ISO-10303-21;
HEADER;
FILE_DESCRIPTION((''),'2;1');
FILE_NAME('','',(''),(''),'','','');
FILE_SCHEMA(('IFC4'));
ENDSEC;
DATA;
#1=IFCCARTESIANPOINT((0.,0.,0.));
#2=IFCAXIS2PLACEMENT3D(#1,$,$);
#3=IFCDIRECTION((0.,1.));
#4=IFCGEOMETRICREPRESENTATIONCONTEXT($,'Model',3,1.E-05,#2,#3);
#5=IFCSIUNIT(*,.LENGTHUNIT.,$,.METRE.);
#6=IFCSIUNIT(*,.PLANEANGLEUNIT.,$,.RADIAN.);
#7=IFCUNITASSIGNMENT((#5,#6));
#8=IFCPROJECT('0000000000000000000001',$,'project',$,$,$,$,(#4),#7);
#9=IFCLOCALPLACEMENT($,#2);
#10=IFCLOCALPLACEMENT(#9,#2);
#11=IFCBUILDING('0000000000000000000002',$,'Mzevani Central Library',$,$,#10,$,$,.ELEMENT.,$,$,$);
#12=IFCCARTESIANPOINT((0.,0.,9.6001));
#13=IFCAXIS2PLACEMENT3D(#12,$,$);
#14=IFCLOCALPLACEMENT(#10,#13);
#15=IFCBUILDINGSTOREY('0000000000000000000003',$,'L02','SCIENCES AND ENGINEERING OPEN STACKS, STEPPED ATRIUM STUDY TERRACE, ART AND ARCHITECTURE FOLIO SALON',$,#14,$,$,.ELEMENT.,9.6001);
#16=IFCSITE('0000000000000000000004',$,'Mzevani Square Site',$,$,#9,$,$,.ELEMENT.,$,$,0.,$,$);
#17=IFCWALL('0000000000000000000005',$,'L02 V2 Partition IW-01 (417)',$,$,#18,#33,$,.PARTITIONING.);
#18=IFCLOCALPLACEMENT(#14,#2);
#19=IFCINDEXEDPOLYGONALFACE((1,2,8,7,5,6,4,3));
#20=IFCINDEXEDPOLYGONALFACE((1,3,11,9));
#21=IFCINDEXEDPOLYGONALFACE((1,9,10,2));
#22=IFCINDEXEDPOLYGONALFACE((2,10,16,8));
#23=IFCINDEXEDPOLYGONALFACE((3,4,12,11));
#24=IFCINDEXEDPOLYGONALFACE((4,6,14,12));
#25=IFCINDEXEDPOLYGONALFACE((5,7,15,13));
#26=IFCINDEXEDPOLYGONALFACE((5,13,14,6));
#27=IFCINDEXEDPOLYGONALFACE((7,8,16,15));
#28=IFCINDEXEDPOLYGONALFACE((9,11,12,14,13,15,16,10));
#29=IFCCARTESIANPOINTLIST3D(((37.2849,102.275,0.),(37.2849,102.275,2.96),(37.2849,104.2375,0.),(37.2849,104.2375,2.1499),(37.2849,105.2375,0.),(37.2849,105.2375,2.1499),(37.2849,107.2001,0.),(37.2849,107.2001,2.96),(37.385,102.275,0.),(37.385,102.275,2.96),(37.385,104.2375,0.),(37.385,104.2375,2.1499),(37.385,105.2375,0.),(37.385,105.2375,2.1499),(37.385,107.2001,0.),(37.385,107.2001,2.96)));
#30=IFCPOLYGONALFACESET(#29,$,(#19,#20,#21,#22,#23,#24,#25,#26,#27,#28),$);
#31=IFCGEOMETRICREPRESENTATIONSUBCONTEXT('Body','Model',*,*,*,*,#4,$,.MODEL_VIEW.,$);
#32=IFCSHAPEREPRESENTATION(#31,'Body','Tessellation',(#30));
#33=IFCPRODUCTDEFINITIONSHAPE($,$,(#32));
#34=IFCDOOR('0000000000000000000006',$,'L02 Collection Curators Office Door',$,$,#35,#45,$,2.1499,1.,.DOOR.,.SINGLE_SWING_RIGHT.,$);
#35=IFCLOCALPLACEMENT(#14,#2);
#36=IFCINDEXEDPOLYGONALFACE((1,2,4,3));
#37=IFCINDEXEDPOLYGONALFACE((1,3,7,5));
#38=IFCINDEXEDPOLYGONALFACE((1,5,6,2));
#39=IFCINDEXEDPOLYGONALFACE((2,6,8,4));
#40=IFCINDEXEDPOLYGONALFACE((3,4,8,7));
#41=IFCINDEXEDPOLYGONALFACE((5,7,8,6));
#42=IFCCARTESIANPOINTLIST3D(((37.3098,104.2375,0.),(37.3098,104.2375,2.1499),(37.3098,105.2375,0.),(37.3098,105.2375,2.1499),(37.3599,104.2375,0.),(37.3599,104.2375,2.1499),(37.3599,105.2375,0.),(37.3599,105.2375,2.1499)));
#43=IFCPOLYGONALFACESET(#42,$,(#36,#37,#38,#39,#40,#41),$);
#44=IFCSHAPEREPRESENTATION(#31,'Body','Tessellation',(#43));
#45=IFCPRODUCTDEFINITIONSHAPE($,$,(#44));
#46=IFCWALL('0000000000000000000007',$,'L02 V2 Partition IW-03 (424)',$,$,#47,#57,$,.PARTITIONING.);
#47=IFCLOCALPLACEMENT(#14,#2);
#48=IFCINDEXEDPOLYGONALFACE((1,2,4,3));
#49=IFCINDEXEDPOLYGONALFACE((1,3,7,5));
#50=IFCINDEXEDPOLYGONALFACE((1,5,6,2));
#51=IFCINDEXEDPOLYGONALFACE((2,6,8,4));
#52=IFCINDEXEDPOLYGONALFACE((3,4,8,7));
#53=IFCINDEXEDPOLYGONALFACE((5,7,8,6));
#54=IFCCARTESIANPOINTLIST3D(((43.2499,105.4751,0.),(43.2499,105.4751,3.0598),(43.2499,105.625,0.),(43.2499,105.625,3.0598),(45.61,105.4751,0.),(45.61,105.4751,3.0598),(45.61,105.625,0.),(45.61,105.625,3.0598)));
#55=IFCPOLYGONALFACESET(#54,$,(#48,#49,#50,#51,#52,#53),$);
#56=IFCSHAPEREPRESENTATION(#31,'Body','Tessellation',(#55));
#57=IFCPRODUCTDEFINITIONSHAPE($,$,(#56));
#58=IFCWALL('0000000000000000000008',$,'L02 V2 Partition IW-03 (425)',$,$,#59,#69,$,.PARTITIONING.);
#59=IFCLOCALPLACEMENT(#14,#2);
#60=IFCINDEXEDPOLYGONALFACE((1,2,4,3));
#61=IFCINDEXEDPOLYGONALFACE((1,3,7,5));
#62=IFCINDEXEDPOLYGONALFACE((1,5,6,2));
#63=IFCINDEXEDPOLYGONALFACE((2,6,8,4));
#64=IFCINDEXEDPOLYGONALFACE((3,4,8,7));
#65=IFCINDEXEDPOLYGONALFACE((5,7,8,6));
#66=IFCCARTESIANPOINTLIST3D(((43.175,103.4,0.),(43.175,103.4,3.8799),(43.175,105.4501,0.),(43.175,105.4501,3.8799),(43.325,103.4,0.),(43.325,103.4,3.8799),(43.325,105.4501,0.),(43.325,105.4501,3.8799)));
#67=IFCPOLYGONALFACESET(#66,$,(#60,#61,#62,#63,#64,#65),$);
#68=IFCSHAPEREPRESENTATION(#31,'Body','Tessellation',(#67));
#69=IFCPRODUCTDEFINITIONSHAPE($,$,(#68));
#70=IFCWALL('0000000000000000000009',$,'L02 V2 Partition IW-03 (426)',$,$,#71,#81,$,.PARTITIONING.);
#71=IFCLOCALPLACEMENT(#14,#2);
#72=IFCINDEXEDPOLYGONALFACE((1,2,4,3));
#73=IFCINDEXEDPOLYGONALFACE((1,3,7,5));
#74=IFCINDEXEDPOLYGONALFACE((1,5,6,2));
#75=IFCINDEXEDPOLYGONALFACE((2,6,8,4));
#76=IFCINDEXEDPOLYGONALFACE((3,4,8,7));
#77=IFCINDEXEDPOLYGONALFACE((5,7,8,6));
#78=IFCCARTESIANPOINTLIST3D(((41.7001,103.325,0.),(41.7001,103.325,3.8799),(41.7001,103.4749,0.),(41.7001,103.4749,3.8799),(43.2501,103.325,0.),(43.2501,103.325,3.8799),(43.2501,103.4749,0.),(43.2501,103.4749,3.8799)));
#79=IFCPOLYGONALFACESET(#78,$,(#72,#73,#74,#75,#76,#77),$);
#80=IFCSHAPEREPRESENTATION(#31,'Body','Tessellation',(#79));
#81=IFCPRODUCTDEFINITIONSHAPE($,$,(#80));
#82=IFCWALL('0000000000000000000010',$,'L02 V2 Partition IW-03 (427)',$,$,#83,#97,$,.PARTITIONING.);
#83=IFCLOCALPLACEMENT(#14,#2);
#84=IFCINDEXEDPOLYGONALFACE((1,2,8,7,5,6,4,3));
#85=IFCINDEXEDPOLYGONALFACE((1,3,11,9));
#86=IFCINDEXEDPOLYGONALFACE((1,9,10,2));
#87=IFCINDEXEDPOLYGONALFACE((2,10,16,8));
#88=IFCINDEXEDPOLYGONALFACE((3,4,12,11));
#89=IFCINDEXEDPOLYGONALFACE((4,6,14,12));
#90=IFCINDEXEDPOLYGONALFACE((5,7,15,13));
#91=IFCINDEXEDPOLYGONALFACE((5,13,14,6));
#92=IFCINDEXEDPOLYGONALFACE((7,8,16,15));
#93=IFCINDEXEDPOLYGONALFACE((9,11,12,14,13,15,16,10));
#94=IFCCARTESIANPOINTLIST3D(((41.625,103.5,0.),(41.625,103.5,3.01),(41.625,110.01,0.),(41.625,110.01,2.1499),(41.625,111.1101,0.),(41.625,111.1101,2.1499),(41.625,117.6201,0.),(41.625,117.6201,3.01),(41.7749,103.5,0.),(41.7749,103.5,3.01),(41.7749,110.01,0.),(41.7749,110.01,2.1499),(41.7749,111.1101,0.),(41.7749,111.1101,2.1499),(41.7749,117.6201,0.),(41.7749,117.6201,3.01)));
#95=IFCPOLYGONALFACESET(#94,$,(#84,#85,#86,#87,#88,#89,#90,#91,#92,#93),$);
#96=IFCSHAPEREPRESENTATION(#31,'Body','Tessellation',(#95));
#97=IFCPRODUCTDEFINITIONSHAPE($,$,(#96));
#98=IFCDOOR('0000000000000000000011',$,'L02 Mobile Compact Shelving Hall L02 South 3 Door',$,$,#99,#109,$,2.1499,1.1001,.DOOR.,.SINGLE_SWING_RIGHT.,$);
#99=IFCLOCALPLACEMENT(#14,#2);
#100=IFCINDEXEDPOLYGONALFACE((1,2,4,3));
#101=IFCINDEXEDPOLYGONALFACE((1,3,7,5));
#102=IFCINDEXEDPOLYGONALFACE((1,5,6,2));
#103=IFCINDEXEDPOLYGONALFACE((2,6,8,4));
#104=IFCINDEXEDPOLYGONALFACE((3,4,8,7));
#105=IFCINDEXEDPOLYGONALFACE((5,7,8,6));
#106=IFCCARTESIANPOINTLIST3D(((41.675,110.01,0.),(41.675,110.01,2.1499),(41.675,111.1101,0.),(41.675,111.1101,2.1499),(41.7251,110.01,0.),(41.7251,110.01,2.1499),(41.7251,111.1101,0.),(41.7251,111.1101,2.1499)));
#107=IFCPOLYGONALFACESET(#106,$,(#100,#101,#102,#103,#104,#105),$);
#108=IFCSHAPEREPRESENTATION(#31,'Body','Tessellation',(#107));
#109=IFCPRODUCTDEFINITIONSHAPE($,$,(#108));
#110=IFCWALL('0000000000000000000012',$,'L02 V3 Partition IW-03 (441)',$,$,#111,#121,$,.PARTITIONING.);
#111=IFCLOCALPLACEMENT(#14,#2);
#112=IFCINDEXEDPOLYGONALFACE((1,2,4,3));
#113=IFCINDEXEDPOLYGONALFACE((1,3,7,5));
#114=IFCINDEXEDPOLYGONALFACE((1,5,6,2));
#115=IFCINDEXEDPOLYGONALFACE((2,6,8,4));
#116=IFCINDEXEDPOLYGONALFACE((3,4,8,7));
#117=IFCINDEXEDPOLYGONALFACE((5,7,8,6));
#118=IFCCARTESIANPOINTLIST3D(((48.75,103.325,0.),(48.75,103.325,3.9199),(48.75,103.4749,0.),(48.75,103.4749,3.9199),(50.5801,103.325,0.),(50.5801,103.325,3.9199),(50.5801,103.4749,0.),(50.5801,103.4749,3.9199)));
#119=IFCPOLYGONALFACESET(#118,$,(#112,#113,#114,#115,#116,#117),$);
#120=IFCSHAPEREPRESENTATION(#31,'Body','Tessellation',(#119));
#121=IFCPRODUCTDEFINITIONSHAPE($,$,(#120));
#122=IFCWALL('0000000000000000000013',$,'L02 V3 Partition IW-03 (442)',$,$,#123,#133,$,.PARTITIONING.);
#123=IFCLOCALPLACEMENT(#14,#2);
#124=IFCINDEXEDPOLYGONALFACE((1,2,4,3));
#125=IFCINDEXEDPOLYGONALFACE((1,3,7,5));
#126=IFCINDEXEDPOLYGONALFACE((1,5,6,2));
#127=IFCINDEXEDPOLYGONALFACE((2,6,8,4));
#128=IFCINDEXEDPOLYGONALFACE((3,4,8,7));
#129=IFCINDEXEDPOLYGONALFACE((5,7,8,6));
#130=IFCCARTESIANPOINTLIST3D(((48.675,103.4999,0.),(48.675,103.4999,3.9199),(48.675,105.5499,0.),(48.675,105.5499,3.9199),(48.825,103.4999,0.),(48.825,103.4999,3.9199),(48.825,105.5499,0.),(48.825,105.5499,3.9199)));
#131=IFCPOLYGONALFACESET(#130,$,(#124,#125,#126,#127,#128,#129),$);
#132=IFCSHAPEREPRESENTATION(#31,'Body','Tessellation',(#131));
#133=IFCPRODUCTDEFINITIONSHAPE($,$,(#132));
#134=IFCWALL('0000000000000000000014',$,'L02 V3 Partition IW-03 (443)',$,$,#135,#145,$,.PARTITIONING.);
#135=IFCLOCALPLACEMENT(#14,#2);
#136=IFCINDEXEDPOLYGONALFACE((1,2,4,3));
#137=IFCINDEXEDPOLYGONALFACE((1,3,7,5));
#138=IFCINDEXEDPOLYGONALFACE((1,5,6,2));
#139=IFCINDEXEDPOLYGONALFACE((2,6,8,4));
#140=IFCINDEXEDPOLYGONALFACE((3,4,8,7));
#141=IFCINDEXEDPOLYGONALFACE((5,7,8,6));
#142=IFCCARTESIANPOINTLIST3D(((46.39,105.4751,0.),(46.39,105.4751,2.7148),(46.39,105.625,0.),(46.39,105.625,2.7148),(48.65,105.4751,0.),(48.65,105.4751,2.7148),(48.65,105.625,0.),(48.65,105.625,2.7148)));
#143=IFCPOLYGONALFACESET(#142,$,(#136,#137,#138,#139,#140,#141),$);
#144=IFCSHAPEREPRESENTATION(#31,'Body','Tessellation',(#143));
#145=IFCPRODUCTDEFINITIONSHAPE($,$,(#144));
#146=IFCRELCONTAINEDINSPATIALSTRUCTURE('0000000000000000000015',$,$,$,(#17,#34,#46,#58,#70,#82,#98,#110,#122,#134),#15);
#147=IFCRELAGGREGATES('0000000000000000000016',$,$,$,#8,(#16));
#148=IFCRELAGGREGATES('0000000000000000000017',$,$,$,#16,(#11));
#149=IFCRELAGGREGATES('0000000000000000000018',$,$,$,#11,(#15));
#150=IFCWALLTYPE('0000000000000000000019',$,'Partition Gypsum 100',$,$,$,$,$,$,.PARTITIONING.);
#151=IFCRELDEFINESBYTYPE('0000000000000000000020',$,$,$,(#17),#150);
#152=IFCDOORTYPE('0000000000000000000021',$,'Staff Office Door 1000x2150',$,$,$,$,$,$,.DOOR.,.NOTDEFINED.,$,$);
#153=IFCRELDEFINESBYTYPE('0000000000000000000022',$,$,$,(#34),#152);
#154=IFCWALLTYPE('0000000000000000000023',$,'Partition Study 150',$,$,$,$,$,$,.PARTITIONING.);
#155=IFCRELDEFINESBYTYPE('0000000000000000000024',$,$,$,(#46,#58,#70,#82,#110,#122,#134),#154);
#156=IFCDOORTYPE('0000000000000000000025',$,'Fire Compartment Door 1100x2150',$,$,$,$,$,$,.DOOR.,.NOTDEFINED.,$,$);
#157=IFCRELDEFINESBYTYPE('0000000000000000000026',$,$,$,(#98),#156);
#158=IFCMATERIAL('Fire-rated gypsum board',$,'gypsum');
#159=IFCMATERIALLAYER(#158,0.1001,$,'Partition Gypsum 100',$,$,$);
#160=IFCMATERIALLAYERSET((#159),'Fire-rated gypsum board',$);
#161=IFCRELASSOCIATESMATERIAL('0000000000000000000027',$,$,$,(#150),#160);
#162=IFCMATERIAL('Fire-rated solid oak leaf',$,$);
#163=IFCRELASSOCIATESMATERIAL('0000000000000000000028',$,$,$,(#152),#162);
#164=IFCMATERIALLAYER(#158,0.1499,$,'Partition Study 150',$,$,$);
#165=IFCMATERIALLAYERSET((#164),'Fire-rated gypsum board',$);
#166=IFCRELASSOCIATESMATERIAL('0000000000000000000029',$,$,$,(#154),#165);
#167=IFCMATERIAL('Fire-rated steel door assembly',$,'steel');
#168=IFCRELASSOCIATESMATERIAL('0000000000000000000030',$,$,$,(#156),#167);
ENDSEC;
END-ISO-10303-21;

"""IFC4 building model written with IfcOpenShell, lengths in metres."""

from ifc_helpers import new_model, si_unit, direction, frame, frame_2d, origin, place, context, subcontext, project, spatial, rectangle, extrude, material, layer, layer_set, type_object, element, fill, save


model = new_model("IFC4")

# Units and contexts
model_context = context("Model", 3, precision=1e-05, world=origin(), true_north=direction((0.0, 1.0)))
body_context = subcontext(model_context, "Body", "Model", "MODEL_VIEW")
ifc_project = project(units=[si_unit("LENGTHUNIT", "METRE"), si_unit("PLANEANGLEUNIT", "RADIAN")], contexts=[model_context])

# Site, building, storey
site_placement = place(None, origin())
site = spatial("IfcSite", under=ifc_project, at=site_placement, Name="Mzevani Square Site", CompositionType="ELEMENT", RefElevation=0.0)
building_placement = place(site_placement, origin())
building = spatial("IfcBuilding", under=site, at=building_placement, Name="Mzevani Central Library", CompositionType="ELEMENT")
storey_placement = place(building_placement, frame((0.0, 0.0, 9.6001)))
storey = spatial("IfcBuildingStorey", under=building, at=storey_placement, Name="L02", Description="SCIENCES AND ENGINEERING OPEN STACKS, STEPPED ATRIUM STUDY TERRACE, ART AND ARCHITECTURE FOLIO SALON", CompositionType="ELEMENT", Elevation=9.6001)

# Shared definitions
ifc_material_1 = material(Name="Fire-rated steel door assembly", Category="steel")

# Shared definitions
ifc_material_2 = material(Name="Fire-rated gypsum board", Category="gypsum")
ifc_layer_1 = layer(ifc_material_2, 0.1001, Name="Partition Gypsum 100")
ifc_layer_set_1 = layer_set([ifc_layer_1], Name="Fire-rated gypsum board")
wall_type_1 = type_object("IfcWallType", Name="Partition Gypsum 100", PredefinedType="PARTITIONING", material=ifc_layer_set_1)

# Wall, opening, door
wall_1_placement = place(storey_placement, frame((37.335, 107.2, 0.0), z_axis=(0.0, 0.0, 1.0), x_axis=(0.0, -1.0, 0.0)))
wall_1 = element("IfcWall", 1, at=wall_1_placement, inside=storey, type_object=wall_type_1, Name="L02 V2 Partition IW-01 (417)", PredefinedType="PARTITIONING", context=body_context, shape_type="SweptSolid", body=[
    extrude(rectangle(XDim=4.925, YDim=0.1001, at=frame_2d((2.4624, 0.0))), origin(), (0.0, 0.0, 1.0), 2.96),
])
opening_1_placement = place(wall_1_placement, frame((1.9624, 0.0, 0.0)))
opening_1 = element("IfcOpeningElement", 2, at=opening_1_placement, cuts=wall_1, PredefinedType="OPENING", context=body_context, shape_type="SweptSolid", body=[
    extrude(rectangle(XDim=1.0, YDim=2.1499, at=frame_2d((0.5, 1.075))), frame((0.0, 0.0601, 0.0), z_axis=(0.0, -1.0, 0.0), x_axis=(1.0, 0.0, 0.0)), (0.0, 0.0, 1.0), 0.1201),
])
ifc_material_3 = material(Name="Fire-rated solid oak leaf")
door_type_1 = type_object("IfcDoorType", Name="Staff Office Door 1000x2150", OperationType="NOTDEFINED", PredefinedType="DOOR", material=ifc_material_3)
door_1_placement = place(opening_1_placement, origin())
door_1 = element("IfcDoor", 3, at=door_1_placement, inside=storey, type_object=door_type_1, Name="L02 Collection Curators Office Door", OperationType="SINGLE_SWING_RIGHT", OverallHeight=2.1499, OverallWidth=1.0, PredefinedType="DOOR", context=body_context, shape_type="SweptSolid", body=[
    extrude(rectangle(XDim=1.0, YDim=2.1499, at=frame_2d((0.5, 1.075))), frame((0.0, 0.0249, 0.0), z_axis=(0.0, -1.0, 0.0), x_axis=(1.0, 0.0, 0.0)), (0.0, 0.0, 1.0), 0.05),
])
fill(opening_1, door_1)

# Walls
ifc_layer_2 = layer(ifc_material_2, 0.1499, Name="Partition Study 150")
ifc_layer_set_2 = layer_set([ifc_layer_2], Name="Fire-rated gypsum board")
wall_type_2 = type_object("IfcWallType", Name="Partition Study 150", PredefinedType="PARTITIONING", material=ifc_layer_set_2)
wall_2_placement = place(storey_placement, frame((45.6101, 105.55, 0.0), z_axis=(0.0, 0.0, 1.0), x_axis=(-1.0, 0.0, 0.0)))
element("IfcWall", 4, at=wall_2_placement, inside=storey, type_object=wall_type_2, Name="L02 V2 Partition IW-03 (424)", PredefinedType="PARTITIONING", context=body_context, shape_type="SweptSolid", body=[
    extrude(rectangle(XDim=2.3601, YDim=0.1499, at=frame_2d((1.1802, 0.0))), origin(), (0.0, 0.0, 1.0), 3.0598),
])
wall_3_placement = place(storey_placement, frame((43.25, 105.45, 0.0), z_axis=(0.0, 0.0, 1.0), x_axis=(0.0, -1.0, 0.0)))
element("IfcWall", 5, at=wall_3_placement, inside=storey, type_object=wall_type_2, Name="L02 V2 Partition IW-03 (425)", PredefinedType="PARTITIONING", context=body_context, shape_type="SweptSolid", body=[
    extrude(rectangle(XDim=2.05, YDim=0.1499, at=frame_2d((1.0249, 0.0))), origin(), (0.0, 0.0, 1.0), 3.8799),
])
wall_4_placement = place(storey_placement, frame((43.25, 103.3999, 0.0), z_axis=(0.0, 0.0, 1.0), x_axis=(-1.0, 0.0, 0.0)))
element("IfcWall", 6, at=wall_4_placement, inside=storey, type_object=wall_type_2, Name="L02 V2 Partition IW-03 (426)", PredefinedType="PARTITIONING", context=body_context, shape_type="SweptSolid", body=[
    extrude(rectangle(XDim=1.55, YDim=0.1499, at=frame_2d((0.7749, 0.0))), origin(), (0.0, 0.0, 1.0), 3.8799),
])

# Wall, opening, door
wall_5_placement = place(storey_placement, frame((41.7, 103.5, 0.0), z_axis=(0.0, 0.0, 1.0), x_axis=(0.0, 1.0, 0.0)))
wall_5 = element("IfcWall", 7, at=wall_5_placement, inside=storey, type_object=wall_type_2, Name="L02 V2 Partition IW-03 (427)", PredefinedType="PARTITIONING", context=body_context, shape_type="SweptSolid", body=[
    extrude(rectangle(XDim=14.1201, YDim=0.1499, at=frame_2d((7.0601, 0.0))), origin(), (0.0, 0.0, 1.0), 3.01),
])
opening_2_placement = place(wall_5_placement, frame((6.51, 0.0, 0.0)))
opening_2 = element("IfcOpeningElement", 8, at=opening_2_placement, cuts=wall_5, PredefinedType="OPENING", context=body_context, shape_type="SweptSolid", body=[
    extrude(rectangle(XDim=1.1001, YDim=2.1499, at=frame_2d((0.55, 1.075))), frame((0.0, 0.085, 0.0), z_axis=(0.0, -1.0, 0.0), x_axis=(1.0, 0.0, 0.0)), (0.0, 0.0, 1.0), 0.1699),
])
door_type_2 = type_object("IfcDoorType", Name="Fire Compartment Door 1100x2150", OperationType="NOTDEFINED", PredefinedType="DOOR", material=ifc_material_1)
door_2_placement = place(opening_2_placement, origin())
door_2 = element("IfcDoor", 9, at=door_2_placement, inside=storey, type_object=door_type_2, Name="L02 Mobile Compact Shelving Hall L02 South 3 Door", OperationType="SINGLE_SWING_RIGHT", OverallHeight=2.1499, OverallWidth=1.1001, PredefinedType="DOOR", context=body_context, shape_type="SweptSolid", body=[
    extrude(rectangle(XDim=1.1001, YDim=2.1499, at=frame_2d((0.55, 1.075))), frame((0.0, 0.0249, 0.0), z_axis=(0.0, -1.0, 0.0), x_axis=(1.0, 0.0, 0.0)), (0.0, 0.0, 1.0), 0.05),
])
fill(opening_2, door_2)

# Walls
wall_6_placement = place(storey_placement, frame((50.5801, 103.3999, 0.0), z_axis=(0.0, 0.0, 1.0), x_axis=(-1.0, 0.0, 0.0)))
element("IfcWall", 10, at=wall_6_placement, inside=storey, type_object=wall_type_2, Name="L02 V3 Partition IW-03 (441)", PredefinedType="PARTITIONING", context=body_context, shape_type="SweptSolid", body=[
    extrude(rectangle(XDim=1.8301, YDim=0.1499, at=frame_2d((0.915, 0.0))), origin(), (0.0, 0.0, 1.0), 3.9199),
])
wall_7_placement = place(storey_placement, frame((48.75, 103.5, 0.0), z_axis=(0.0, 0.0, 1.0), x_axis=(0.0, 1.0, 0.0)))
element("IfcWall", 11, at=wall_7_placement, inside=storey, type_object=wall_type_2, Name="L02 V3 Partition IW-03 (442)", PredefinedType="PARTITIONING", context=body_context, shape_type="SweptSolid", body=[
    extrude(rectangle(XDim=2.05, YDim=0.1499, at=frame_2d((1.0249, 0.0))), origin(), (0.0, 0.0, 1.0), 3.9199),
])
wall_8_placement = place(storey_placement, frame((48.6499, 105.55, 0.0), z_axis=(0.0, 0.0, 1.0), x_axis=(-1.0, 0.0, 0.0)))
element("IfcWall", 12, at=wall_8_placement, inside=storey, type_object=wall_type_2, Name="L02 V3 Partition IW-03 (443)", PredefinedType="PARTITIONING", context=body_context, shape_type="SweptSolid", body=[
    extrude(rectangle(XDim=2.26, YDim=0.1499, at=frame_2d((1.1299, 0.0))), origin(), (0.0, 0.0, 1.0), 2.7148),
])

save(model, "model.ifc")
